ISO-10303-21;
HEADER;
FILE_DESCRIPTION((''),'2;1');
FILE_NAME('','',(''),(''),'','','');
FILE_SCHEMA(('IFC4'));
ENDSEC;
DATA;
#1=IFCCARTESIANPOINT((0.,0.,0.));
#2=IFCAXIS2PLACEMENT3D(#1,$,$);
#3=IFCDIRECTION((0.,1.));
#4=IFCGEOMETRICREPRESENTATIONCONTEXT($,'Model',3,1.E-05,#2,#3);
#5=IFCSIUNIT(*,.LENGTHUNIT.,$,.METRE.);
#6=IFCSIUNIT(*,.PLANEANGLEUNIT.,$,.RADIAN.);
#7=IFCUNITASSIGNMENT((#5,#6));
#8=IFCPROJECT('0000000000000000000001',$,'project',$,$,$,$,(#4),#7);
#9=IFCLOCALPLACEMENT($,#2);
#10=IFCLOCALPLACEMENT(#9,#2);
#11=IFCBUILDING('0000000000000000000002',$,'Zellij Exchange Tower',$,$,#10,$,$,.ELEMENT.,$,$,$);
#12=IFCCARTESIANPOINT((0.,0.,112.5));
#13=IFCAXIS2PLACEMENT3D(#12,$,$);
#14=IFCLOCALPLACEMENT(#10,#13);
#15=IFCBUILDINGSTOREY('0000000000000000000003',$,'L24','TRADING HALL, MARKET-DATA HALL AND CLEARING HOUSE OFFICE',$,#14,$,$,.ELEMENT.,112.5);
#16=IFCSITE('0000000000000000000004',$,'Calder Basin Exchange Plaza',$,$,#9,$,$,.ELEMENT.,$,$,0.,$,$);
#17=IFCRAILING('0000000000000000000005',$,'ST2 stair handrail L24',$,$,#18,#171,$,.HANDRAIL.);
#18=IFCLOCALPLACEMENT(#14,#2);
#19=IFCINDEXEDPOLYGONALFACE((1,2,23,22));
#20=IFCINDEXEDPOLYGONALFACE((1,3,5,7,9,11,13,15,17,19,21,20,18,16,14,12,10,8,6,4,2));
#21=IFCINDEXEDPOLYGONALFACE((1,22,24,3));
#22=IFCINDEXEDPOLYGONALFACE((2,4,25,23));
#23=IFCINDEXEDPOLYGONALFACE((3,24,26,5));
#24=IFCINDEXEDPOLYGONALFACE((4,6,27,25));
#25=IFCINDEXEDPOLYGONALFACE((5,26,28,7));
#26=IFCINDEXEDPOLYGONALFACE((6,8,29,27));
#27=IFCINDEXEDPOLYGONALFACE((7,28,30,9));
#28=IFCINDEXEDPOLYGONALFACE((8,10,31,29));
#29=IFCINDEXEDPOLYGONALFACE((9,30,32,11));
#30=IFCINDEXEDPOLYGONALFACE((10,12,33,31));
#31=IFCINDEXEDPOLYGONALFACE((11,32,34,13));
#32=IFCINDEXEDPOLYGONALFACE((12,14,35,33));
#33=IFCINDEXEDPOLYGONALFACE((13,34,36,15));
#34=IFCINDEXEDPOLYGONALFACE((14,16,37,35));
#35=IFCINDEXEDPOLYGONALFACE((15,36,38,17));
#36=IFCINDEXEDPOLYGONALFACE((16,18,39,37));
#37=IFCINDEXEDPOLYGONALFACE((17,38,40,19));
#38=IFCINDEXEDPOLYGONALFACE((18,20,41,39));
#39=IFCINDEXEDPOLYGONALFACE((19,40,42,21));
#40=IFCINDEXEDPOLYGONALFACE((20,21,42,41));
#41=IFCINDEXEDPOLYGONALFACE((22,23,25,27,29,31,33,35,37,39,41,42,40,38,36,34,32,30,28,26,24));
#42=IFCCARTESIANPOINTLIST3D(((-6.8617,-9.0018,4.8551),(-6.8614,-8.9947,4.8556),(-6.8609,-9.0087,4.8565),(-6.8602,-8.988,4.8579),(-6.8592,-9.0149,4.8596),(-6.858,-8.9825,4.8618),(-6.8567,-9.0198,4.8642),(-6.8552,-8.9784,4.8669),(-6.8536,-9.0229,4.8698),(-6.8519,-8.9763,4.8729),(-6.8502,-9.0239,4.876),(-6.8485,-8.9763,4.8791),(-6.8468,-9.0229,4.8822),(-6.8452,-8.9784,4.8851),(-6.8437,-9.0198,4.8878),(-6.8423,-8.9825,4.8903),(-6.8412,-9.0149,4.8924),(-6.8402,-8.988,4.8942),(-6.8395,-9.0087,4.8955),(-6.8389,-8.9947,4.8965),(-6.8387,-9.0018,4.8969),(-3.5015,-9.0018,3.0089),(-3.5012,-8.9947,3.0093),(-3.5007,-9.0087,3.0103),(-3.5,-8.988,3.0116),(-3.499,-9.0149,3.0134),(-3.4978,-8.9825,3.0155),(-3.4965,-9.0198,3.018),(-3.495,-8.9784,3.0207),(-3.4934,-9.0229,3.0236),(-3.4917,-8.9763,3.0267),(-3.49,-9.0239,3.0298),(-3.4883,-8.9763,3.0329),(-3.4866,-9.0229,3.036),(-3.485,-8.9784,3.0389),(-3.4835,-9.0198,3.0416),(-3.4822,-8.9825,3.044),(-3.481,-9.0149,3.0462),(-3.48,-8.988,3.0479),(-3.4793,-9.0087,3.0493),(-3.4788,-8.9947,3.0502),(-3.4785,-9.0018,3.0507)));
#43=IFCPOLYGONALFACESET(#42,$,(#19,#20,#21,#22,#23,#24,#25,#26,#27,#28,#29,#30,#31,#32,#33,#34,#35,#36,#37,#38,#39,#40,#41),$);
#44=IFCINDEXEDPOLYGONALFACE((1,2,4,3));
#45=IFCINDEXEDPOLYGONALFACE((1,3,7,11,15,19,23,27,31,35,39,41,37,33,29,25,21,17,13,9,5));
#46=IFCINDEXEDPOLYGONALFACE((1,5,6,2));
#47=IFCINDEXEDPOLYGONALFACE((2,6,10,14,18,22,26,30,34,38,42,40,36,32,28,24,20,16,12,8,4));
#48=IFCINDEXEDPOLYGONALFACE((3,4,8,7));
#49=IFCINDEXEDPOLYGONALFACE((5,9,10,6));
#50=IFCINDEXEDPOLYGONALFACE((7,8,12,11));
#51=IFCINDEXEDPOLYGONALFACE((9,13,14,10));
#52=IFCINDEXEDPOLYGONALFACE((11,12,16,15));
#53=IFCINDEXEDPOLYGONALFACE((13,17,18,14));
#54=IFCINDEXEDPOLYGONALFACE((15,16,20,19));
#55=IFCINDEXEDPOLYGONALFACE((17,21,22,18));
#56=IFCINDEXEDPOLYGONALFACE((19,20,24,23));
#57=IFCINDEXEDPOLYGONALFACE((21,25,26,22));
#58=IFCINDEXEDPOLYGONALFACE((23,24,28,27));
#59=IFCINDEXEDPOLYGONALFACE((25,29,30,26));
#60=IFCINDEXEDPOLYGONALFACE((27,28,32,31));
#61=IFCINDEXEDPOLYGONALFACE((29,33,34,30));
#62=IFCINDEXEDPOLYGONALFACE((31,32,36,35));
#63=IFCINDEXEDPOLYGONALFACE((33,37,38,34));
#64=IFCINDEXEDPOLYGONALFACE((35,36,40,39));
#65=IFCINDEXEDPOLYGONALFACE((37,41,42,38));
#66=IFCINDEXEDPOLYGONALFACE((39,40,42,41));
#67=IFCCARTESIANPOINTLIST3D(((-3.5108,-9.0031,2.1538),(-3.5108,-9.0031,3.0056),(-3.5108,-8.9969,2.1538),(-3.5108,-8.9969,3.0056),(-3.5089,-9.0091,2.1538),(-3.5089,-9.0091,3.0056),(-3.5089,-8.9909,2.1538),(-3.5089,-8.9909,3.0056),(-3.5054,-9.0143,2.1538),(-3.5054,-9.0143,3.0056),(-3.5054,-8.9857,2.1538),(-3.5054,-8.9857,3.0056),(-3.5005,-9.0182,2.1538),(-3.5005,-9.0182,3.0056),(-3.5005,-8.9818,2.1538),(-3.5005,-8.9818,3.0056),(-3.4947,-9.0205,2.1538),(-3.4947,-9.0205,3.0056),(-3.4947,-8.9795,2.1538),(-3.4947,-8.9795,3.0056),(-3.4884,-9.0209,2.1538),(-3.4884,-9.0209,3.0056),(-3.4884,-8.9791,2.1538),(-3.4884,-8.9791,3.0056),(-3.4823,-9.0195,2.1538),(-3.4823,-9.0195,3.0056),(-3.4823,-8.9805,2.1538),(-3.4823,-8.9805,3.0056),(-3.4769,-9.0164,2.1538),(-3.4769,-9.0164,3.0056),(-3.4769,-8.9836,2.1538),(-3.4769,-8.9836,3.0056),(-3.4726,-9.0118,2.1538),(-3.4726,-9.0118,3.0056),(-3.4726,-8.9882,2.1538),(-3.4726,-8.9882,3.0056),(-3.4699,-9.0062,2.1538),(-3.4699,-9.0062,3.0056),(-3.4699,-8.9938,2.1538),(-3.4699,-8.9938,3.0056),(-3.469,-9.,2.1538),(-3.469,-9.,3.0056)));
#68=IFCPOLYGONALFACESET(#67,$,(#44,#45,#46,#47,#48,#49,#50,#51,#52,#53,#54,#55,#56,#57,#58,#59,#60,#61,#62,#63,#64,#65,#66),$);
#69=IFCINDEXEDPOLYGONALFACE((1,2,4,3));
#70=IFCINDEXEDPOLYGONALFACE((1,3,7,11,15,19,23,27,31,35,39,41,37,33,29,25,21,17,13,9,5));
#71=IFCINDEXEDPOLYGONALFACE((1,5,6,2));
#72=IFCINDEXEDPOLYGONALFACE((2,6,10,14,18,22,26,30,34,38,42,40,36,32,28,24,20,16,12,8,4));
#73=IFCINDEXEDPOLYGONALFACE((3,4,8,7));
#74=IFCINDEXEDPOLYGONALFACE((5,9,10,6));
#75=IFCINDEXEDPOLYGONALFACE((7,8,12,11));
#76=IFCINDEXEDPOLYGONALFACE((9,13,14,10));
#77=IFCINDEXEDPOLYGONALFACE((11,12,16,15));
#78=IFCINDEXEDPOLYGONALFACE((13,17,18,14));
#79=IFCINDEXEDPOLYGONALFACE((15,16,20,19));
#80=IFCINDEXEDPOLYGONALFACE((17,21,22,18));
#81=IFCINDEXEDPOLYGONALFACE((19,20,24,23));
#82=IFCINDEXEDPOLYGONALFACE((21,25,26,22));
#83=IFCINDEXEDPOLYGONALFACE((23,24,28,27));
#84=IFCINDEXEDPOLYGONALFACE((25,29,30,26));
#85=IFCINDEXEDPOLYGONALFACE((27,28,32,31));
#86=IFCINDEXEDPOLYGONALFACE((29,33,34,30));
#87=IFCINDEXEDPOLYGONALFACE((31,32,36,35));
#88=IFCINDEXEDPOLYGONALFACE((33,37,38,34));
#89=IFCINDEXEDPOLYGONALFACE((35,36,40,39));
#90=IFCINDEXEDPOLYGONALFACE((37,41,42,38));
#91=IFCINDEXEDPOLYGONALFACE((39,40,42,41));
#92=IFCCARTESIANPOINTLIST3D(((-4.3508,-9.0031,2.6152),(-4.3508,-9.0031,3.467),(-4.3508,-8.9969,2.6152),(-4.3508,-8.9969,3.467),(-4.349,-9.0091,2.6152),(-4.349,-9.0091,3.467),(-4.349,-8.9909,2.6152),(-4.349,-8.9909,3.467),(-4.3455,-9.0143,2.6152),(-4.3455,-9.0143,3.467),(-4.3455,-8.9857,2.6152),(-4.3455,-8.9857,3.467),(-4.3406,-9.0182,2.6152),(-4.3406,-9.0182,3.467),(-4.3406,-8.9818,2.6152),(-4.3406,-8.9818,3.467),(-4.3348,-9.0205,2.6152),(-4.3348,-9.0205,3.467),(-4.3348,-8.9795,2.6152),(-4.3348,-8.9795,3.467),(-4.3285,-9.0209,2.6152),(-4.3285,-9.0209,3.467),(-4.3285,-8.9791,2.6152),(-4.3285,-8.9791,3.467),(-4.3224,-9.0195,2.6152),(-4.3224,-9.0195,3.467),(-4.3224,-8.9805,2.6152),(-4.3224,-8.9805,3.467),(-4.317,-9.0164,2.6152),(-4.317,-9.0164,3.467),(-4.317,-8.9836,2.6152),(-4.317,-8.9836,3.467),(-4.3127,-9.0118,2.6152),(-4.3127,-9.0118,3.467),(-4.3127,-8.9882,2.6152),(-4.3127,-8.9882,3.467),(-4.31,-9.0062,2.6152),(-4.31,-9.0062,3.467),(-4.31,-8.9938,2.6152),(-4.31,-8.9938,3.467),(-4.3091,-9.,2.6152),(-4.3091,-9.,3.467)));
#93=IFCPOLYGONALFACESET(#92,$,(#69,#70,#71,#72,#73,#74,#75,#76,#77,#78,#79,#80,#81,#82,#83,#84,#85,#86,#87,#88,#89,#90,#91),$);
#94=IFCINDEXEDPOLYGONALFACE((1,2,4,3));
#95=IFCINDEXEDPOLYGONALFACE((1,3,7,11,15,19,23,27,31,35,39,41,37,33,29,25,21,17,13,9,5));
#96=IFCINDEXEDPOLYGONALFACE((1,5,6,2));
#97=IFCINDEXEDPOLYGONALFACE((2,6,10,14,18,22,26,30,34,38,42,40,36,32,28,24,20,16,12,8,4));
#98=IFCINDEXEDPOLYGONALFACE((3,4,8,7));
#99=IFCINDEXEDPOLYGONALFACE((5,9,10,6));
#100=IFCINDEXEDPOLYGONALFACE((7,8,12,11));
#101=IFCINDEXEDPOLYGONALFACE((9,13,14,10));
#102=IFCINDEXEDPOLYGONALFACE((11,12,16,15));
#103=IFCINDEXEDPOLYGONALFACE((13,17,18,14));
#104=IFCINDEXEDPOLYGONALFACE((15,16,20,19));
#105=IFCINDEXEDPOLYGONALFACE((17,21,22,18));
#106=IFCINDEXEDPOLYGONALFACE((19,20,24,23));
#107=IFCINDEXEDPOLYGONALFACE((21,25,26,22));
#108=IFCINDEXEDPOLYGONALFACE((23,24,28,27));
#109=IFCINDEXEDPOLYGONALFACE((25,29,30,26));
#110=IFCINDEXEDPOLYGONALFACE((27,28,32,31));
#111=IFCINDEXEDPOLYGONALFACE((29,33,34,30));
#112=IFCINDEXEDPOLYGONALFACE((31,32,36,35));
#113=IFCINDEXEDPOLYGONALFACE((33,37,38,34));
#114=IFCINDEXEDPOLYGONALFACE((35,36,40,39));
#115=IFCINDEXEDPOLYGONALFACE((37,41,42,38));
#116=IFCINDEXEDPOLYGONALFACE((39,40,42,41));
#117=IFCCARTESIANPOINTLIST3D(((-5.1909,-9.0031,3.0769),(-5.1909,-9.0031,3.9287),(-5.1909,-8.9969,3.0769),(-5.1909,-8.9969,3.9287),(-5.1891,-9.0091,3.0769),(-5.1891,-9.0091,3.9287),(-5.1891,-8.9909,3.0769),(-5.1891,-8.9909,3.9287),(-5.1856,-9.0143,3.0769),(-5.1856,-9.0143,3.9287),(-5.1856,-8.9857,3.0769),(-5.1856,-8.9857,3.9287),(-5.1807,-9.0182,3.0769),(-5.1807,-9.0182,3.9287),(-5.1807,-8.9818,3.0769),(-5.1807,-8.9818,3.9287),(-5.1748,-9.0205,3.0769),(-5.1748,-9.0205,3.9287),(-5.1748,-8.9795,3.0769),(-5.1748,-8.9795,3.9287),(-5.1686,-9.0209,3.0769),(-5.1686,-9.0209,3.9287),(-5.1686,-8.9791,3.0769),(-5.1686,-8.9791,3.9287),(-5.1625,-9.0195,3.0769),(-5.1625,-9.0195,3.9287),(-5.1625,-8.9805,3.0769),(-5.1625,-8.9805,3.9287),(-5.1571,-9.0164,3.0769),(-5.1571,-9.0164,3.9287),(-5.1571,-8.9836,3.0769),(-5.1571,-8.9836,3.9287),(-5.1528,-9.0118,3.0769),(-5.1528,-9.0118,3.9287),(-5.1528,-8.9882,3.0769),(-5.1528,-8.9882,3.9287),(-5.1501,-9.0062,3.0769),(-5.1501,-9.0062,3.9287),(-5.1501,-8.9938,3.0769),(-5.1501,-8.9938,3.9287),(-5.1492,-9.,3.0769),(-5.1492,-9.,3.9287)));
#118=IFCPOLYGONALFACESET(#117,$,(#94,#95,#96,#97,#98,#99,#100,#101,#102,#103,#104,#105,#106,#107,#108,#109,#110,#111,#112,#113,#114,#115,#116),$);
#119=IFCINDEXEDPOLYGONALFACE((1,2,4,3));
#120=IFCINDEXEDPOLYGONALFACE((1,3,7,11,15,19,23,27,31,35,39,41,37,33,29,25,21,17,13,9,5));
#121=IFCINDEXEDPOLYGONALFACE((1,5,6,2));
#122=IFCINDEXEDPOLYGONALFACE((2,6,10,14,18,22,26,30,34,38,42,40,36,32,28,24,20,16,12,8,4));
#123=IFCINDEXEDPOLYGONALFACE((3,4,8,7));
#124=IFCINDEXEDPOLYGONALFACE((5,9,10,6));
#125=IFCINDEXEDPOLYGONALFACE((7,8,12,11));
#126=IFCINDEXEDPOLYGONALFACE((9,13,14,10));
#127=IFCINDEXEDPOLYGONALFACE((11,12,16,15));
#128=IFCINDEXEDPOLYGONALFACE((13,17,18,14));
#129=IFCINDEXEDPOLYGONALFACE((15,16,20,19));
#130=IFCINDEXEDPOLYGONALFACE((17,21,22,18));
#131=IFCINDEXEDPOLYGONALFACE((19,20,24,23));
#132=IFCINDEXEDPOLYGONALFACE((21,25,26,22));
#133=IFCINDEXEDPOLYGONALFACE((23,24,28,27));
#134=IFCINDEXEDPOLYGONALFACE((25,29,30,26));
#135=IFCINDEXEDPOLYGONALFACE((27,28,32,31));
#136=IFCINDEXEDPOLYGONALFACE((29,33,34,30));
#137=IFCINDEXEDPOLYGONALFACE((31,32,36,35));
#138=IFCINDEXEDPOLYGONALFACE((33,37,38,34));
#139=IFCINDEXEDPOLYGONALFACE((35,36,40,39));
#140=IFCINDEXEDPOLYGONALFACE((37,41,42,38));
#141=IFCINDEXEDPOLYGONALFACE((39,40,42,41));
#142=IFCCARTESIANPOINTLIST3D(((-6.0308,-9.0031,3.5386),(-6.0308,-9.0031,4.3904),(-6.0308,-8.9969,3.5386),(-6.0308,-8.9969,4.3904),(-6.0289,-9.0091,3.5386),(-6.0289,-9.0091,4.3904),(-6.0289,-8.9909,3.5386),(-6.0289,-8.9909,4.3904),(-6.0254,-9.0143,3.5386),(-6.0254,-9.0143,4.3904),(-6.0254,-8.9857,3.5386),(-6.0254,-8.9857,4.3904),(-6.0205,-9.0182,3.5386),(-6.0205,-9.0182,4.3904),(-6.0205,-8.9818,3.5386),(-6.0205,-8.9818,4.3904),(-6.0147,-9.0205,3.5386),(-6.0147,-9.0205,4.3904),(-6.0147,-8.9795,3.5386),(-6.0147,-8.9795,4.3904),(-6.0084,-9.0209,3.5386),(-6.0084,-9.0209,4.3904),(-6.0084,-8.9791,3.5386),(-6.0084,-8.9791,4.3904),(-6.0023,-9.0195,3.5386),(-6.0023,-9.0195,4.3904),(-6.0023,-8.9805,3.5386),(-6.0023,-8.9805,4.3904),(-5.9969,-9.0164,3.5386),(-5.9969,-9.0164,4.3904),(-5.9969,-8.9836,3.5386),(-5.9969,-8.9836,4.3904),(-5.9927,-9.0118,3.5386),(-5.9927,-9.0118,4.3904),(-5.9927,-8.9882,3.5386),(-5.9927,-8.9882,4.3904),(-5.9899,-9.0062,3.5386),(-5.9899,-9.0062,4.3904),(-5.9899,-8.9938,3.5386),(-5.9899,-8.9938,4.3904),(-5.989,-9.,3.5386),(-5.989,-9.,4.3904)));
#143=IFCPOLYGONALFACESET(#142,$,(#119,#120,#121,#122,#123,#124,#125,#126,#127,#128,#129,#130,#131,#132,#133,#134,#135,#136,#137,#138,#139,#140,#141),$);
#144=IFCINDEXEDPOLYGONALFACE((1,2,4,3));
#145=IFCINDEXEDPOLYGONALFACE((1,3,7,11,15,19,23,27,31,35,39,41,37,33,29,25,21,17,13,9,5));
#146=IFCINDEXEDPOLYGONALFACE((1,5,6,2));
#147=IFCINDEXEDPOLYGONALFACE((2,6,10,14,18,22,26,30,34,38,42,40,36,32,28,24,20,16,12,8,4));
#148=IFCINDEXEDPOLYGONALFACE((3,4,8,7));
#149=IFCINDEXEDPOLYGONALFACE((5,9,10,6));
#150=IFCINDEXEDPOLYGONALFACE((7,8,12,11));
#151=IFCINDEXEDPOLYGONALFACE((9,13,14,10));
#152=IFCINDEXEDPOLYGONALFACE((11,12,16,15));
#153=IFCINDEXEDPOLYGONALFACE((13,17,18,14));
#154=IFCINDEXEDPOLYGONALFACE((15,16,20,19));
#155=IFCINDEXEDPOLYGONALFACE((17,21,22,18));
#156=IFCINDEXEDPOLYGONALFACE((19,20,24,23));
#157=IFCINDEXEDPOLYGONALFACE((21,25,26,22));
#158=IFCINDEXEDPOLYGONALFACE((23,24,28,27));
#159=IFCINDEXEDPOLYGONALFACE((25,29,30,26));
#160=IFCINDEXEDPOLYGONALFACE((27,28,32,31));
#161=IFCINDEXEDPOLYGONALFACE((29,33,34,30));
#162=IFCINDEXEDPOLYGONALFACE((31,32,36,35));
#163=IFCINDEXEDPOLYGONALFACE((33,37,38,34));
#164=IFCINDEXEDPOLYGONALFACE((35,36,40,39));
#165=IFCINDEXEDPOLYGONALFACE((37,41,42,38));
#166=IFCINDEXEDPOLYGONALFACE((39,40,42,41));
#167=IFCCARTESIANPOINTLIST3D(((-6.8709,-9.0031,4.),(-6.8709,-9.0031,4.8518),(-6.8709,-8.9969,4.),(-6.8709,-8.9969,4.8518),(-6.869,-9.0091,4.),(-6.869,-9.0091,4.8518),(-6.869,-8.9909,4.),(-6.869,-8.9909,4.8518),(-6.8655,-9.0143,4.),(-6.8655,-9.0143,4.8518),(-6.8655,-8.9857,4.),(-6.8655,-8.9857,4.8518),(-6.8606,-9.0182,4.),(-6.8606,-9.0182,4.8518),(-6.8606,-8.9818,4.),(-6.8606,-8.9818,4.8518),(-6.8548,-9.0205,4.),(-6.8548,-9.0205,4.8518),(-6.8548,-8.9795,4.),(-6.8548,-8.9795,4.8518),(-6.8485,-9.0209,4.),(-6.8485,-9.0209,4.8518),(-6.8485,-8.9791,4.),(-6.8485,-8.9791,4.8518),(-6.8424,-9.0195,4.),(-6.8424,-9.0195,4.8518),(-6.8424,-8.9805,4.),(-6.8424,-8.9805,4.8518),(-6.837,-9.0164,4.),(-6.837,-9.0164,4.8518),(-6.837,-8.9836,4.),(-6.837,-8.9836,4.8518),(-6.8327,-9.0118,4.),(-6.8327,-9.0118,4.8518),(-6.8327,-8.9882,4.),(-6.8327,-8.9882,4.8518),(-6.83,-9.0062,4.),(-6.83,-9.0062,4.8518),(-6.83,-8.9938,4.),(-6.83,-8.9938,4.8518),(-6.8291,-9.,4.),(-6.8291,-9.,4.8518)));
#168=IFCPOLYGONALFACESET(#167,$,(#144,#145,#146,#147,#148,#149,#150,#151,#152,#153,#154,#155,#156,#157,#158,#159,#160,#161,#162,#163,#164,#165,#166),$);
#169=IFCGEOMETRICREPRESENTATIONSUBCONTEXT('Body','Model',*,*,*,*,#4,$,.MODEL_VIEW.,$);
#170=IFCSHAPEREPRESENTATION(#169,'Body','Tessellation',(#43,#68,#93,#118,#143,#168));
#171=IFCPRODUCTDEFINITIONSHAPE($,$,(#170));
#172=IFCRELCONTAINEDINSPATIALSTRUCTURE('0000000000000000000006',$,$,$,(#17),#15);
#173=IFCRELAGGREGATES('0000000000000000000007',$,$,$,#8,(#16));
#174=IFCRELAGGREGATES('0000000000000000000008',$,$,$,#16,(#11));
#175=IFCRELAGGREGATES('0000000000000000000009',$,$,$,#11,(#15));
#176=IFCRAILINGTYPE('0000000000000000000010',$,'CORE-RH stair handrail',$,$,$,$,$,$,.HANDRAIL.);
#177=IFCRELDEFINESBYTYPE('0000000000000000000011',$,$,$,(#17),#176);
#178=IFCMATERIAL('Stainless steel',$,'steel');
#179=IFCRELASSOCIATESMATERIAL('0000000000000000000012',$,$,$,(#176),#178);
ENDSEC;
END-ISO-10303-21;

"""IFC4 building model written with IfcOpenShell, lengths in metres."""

from ifc_helpers import new_model, si_unit, direction, frame, origin, origin_2d, place, context, subcontext, project, spatial, circle, extrude, material, type_object, element, save


model = new_model("IFC4")

# Units and contexts
model_context = context("Model", 3, precision=1e-05, world=origin(), true_north=direction((0.0, 1.0)))
body_context = subcontext(model_context, "Body", "Model", "MODEL_VIEW")
ifc_project = project(units=[si_unit("LENGTHUNIT", "METRE"), si_unit("PLANEANGLEUNIT", "RADIAN")], contexts=[model_context])

# Site, building, storey
site_placement = place(None, origin())
site = spatial("IfcSite", under=ifc_project, at=site_placement, Name="Calder Basin Exchange Plaza", CompositionType="ELEMENT", RefElevation=0.0)
building_placement = place(site_placement, origin())
building = spatial("IfcBuilding", under=site, at=building_placement, Name="Zellij Exchange Tower", CompositionType="ELEMENT")
storey_placement = place(building_placement, frame((0.0, 0.0, 112.5)))
storey = spatial("IfcBuildingStorey", under=building, at=storey_placement, Name="L24", Description="TRADING HALL, MARKET-DATA HALL AND CLEARING HOUSE OFFICE", CompositionType="ELEMENT", Elevation=112.5)

# Railing
ifc_material_1 = material(Name="Stainless steel", Category="steel")
railing_type_1 = type_object("IfcRailingType", Name="CORE-RH stair handrail", PredefinedType="HANDRAIL", material=ifc_material_1)
railing_1_placement = place(storey_placement, frame((-3.49, -9.0, 2.1538)))
element("IfcRailing", 1, at=railing_1_placement, inside=storey, type_object=railing_type_1, Name="ST2 stair handrail L24", PredefinedType="HANDRAIL", context=body_context, shape_type="SweptSolid", body=[
    extrude(circle(Radius=0.0239, at=origin_2d()), frame((0.0, 0.0, 0.876), z_axis=(-0.876422, 0.0, 0.481545), x_axis=(0.0, -1.0, 0.0)), (0.0, 0.0, 1.0), 3.834),
    extrude(circle(Radius=0.021, at=origin_2d()), origin(), (0.0, 0.0, 1.0), 0.8518),
    extrude(circle(Radius=0.021, at=origin_2d()), frame((-0.8401, 0.0, 0.4614)), (0.0, 0.0, 1.0), 0.8518),
    extrude(circle(Radius=0.021, at=origin_2d()), frame((-1.6802, 0.0, 0.9231)), (0.0, 0.0, 1.0), 0.8518),
    extrude(circle(Radius=0.021, at=origin_2d()), frame((-2.52, 0.0, 1.3848)), (0.0, 0.0, 1.0), 0.8518),
    extrude(circle(Radius=0.021, at=origin_2d()), frame((-3.3601, 0.0, 1.8462)), (0.0, 0.0, 1.0), 0.8518),
])

save(model, "model.ifc")
